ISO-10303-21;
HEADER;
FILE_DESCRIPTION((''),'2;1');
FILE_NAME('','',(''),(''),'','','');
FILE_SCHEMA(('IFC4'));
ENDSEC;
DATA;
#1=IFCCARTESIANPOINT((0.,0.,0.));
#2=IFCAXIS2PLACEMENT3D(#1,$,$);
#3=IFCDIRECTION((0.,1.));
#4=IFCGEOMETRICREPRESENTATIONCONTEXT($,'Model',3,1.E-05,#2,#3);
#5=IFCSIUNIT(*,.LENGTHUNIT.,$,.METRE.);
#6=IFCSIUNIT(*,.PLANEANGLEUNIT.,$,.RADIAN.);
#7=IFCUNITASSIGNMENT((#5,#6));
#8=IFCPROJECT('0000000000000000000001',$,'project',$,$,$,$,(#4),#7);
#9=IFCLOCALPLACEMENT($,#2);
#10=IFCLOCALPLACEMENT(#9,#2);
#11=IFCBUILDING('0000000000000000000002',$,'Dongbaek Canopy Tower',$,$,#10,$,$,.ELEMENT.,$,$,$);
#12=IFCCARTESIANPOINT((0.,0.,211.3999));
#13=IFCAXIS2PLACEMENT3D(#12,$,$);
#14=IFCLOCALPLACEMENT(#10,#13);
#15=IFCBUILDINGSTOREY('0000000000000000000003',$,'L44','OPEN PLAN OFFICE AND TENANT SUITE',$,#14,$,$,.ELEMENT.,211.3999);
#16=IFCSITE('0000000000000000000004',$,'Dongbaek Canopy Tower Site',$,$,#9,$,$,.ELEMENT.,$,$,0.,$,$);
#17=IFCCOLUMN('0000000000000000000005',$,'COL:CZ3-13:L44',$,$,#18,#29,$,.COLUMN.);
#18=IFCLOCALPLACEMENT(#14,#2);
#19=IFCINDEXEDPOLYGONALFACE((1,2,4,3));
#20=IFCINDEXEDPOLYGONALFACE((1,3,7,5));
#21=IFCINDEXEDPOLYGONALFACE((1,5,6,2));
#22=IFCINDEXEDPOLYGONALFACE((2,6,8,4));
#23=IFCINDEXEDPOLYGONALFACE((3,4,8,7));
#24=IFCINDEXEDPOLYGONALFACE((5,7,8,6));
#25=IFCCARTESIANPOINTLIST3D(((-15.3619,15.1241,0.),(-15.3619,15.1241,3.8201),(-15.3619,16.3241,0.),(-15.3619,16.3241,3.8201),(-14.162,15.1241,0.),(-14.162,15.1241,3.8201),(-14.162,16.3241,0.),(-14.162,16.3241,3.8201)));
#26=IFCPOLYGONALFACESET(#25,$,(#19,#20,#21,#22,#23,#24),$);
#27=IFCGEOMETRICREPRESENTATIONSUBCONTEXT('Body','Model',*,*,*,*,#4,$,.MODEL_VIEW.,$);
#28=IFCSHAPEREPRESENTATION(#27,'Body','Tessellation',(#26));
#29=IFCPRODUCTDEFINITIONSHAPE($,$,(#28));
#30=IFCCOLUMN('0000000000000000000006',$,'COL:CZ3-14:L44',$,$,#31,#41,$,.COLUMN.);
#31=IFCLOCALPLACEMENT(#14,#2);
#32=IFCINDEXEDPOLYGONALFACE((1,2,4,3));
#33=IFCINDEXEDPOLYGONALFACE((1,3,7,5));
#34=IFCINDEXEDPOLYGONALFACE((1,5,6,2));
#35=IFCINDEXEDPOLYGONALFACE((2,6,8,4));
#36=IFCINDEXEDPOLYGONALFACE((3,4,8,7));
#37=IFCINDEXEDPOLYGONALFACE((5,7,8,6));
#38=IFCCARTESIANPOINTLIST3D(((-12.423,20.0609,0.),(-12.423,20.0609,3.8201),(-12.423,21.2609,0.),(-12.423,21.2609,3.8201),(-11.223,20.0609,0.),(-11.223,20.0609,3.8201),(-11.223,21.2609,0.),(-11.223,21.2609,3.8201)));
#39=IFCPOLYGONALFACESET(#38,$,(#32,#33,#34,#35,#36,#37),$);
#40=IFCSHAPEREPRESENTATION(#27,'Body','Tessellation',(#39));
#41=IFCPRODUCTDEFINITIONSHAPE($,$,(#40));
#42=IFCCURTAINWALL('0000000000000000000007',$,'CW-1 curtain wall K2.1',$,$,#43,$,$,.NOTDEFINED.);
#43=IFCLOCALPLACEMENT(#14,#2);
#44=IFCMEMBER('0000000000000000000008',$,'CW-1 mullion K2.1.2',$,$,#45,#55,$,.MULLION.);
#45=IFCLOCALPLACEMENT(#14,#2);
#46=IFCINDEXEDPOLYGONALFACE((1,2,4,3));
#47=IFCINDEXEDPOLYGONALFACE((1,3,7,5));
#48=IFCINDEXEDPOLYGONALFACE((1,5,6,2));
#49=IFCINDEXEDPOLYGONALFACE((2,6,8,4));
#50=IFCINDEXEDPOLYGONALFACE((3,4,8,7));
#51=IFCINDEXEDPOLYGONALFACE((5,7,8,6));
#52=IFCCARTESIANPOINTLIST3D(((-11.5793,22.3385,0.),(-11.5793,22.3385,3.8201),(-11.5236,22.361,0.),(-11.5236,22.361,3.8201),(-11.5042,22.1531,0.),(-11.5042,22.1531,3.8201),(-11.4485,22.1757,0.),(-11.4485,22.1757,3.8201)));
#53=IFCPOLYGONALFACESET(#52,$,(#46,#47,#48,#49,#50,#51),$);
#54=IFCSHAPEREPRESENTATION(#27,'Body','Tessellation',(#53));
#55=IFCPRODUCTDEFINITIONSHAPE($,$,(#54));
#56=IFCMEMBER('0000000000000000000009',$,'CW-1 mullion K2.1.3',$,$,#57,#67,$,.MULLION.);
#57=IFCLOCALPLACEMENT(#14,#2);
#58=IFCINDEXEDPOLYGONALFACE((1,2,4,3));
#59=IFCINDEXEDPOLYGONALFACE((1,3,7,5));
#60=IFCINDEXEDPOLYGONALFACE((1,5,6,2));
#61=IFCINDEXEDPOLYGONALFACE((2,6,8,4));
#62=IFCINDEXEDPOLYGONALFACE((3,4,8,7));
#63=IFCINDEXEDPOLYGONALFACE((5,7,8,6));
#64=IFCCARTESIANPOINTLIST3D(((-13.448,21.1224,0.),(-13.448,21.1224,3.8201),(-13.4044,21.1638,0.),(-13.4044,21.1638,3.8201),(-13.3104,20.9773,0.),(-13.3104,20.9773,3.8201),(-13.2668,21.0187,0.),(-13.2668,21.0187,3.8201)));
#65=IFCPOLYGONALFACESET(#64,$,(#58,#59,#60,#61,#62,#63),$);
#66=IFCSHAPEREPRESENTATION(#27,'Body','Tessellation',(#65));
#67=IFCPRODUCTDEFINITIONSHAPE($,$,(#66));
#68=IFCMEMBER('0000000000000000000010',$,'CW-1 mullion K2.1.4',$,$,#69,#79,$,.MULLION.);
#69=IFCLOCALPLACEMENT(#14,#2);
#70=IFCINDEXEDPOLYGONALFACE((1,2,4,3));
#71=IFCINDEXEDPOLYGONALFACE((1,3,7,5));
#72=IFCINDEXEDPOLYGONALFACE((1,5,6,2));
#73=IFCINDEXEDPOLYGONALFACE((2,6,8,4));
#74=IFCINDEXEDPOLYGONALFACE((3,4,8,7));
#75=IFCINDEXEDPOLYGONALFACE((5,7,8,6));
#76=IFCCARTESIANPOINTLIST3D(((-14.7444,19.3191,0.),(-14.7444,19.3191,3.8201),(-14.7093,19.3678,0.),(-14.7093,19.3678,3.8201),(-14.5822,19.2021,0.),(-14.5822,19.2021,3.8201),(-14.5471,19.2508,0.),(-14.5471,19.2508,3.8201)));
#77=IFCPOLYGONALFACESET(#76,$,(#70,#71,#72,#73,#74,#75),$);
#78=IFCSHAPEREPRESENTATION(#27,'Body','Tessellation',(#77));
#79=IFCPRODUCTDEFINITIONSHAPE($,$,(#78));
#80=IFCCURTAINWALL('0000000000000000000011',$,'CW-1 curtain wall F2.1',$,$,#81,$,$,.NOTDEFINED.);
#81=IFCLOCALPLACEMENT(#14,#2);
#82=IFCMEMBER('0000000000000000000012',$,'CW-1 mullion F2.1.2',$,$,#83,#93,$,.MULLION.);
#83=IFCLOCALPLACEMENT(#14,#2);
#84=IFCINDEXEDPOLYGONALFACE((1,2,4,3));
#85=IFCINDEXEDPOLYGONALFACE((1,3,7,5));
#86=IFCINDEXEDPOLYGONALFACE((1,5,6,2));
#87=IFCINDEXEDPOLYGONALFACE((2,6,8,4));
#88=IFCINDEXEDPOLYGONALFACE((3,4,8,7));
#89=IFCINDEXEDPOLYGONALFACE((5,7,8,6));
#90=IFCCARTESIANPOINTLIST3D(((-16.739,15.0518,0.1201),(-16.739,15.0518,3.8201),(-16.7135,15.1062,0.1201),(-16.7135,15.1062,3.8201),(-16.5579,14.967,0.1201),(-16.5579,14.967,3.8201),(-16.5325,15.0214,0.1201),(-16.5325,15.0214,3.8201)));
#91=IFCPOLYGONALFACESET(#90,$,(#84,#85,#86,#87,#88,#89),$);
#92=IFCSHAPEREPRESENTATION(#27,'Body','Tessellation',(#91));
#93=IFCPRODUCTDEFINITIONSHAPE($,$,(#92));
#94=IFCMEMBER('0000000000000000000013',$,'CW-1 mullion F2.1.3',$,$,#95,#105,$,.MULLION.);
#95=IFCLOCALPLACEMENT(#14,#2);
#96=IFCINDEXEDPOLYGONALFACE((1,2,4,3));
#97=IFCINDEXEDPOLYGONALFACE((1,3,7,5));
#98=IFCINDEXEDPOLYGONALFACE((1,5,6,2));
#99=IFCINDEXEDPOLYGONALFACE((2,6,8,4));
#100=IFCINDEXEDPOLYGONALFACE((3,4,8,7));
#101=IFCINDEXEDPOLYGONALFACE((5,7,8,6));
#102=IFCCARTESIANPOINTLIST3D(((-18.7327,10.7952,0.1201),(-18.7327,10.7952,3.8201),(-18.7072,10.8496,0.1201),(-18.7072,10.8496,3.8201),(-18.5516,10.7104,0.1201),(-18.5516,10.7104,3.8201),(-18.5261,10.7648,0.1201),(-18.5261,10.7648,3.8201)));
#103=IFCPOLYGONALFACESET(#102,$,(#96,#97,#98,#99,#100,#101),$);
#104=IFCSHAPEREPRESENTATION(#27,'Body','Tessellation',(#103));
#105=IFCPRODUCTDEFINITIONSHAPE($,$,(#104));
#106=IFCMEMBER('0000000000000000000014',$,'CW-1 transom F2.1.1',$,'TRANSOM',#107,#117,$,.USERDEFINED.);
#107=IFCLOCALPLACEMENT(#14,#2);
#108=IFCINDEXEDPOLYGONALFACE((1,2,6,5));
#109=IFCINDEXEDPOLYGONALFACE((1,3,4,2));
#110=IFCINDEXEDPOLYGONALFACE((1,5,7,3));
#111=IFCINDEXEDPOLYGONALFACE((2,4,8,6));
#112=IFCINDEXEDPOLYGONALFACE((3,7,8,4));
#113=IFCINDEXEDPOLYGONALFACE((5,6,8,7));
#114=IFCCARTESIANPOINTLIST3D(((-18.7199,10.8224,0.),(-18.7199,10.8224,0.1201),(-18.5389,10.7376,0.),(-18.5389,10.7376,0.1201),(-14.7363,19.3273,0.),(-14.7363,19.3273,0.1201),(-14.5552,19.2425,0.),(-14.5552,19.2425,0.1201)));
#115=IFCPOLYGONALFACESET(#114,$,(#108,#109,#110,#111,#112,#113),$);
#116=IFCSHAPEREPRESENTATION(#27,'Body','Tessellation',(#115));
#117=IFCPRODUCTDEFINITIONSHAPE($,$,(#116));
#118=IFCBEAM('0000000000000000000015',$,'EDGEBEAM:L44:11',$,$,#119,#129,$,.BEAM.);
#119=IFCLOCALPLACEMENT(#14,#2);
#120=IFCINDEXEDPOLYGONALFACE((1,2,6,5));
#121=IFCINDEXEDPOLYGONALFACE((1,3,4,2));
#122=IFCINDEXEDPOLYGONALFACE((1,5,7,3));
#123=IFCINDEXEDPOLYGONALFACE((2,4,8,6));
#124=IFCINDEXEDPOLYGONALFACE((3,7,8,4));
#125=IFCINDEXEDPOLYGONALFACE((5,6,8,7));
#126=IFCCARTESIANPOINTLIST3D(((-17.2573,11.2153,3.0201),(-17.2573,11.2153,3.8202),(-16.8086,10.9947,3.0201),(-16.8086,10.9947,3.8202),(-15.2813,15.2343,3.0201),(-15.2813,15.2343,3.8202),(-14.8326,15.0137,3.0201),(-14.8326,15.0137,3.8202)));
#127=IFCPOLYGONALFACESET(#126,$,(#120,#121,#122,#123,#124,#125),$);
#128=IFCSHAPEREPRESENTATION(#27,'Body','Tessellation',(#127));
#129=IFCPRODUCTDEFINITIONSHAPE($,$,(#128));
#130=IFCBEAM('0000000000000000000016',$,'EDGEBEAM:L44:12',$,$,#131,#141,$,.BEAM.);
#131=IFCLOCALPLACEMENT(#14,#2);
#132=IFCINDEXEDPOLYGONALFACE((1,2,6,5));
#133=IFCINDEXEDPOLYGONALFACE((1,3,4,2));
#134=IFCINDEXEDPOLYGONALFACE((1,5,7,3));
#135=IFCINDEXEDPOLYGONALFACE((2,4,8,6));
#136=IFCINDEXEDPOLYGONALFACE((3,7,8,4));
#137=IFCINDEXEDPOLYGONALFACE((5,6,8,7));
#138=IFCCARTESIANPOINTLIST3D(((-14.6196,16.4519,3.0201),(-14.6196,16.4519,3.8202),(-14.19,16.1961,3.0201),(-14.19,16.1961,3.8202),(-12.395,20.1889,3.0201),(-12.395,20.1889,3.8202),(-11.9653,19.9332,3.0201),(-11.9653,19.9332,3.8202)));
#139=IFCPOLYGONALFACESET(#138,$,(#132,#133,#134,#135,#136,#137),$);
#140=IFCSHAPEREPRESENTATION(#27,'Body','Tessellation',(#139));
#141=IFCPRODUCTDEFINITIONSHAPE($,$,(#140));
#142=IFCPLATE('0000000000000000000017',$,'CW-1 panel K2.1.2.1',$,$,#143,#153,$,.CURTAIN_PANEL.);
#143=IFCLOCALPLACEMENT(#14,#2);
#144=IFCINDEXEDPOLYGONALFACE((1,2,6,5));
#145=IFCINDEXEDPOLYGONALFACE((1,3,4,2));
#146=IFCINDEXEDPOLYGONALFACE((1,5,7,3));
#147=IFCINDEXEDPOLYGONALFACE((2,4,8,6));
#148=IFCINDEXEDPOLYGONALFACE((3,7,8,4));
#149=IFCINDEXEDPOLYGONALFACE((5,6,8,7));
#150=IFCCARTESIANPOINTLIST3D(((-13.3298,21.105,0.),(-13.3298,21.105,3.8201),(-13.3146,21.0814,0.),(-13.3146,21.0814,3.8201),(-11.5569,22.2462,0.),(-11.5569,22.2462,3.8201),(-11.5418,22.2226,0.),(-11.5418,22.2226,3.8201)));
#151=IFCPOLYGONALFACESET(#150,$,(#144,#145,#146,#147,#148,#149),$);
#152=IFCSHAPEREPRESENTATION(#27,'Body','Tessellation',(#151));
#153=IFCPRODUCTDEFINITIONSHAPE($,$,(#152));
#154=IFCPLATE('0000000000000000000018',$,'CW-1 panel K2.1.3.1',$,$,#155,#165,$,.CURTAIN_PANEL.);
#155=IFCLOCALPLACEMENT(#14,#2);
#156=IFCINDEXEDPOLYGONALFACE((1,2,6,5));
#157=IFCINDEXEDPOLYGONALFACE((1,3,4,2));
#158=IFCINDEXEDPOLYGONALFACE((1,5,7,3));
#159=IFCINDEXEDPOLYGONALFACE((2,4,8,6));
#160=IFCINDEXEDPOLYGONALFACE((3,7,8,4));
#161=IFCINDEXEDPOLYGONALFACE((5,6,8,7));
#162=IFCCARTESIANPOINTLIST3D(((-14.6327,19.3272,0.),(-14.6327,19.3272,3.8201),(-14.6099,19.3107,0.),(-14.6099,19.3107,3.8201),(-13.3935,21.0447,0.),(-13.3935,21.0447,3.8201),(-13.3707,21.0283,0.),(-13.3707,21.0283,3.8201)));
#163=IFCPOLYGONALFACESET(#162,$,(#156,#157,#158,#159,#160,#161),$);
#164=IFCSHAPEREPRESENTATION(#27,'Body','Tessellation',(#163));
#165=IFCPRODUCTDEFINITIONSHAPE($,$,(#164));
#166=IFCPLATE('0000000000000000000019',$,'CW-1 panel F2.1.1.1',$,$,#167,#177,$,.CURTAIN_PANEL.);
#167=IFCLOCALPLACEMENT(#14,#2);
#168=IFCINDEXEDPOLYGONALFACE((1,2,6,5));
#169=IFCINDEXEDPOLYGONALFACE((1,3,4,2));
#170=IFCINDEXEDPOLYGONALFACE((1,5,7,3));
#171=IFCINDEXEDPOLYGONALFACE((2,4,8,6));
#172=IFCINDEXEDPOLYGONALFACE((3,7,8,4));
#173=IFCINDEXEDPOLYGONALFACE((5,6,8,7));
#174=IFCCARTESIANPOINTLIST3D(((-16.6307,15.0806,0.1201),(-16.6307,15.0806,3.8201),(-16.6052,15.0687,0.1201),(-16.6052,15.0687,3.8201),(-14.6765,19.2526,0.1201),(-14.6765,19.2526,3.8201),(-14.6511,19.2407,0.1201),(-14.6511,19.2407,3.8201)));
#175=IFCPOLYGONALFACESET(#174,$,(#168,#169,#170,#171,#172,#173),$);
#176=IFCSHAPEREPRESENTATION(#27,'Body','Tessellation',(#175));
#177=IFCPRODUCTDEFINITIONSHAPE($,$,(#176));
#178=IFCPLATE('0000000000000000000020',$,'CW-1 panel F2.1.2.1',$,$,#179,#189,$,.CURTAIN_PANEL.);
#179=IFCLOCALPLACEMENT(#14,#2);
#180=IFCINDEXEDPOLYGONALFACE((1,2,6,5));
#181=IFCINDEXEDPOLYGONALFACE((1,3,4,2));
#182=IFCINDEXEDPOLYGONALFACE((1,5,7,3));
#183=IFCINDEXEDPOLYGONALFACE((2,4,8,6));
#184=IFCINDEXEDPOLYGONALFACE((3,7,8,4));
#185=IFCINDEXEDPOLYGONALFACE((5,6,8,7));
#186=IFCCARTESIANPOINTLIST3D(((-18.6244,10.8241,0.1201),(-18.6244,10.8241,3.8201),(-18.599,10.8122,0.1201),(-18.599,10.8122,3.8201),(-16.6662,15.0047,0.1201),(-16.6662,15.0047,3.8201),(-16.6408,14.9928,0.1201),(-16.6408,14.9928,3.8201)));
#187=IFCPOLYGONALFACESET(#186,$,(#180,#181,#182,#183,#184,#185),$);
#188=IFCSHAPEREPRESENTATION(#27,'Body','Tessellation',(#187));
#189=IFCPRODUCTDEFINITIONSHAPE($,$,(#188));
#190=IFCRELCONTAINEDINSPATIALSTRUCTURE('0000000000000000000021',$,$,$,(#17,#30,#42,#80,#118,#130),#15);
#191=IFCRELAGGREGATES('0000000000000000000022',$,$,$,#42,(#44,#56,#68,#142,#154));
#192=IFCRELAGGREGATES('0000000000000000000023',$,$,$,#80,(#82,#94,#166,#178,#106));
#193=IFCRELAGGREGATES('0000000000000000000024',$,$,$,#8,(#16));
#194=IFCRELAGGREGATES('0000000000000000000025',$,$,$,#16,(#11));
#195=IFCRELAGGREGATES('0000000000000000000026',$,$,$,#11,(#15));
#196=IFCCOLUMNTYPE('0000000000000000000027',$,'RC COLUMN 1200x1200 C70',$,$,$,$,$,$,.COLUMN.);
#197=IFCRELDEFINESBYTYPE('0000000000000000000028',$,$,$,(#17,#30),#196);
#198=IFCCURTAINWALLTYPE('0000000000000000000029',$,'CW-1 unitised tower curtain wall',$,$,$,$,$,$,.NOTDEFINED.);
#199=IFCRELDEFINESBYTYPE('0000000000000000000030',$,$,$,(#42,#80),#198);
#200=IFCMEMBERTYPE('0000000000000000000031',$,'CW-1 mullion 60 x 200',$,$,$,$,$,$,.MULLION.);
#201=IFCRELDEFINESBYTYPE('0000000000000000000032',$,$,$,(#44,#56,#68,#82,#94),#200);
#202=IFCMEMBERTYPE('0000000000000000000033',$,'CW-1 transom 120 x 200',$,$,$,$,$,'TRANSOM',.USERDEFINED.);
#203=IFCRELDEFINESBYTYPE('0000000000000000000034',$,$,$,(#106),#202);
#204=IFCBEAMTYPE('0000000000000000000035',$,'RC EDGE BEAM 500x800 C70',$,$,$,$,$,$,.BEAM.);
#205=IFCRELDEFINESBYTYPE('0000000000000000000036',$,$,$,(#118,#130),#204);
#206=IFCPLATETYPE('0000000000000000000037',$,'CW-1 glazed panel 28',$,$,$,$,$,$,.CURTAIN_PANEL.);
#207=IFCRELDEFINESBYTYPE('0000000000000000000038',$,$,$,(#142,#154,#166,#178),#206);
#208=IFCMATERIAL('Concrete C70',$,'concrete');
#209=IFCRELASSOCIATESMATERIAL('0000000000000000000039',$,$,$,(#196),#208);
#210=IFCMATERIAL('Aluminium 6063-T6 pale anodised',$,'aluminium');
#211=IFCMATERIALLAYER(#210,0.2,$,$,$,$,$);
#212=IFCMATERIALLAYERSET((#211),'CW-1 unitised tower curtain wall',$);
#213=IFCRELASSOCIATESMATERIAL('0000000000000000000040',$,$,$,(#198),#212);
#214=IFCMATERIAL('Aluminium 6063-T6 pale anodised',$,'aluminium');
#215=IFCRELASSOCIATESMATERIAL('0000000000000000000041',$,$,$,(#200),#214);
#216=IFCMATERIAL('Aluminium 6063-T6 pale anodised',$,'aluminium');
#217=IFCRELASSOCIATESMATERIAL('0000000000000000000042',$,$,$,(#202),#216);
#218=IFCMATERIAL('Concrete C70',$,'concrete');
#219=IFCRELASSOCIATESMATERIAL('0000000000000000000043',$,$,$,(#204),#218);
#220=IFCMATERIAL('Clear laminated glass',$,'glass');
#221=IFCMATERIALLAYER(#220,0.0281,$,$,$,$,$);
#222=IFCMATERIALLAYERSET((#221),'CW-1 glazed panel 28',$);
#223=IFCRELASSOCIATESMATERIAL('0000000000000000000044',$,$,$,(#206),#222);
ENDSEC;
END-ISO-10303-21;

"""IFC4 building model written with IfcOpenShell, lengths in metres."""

from ifc_helpers import new_model, si_unit, direction, frame, origin, origin_2d, place, context, subcontext, project, spatial, rectangle, extrude, material, layer, layer_set, material_profile, profile_set, type_object, element, aggregate, save


model = new_model("IFC4")

# Units and contexts
model_context = context("Model", 3, precision=1e-05, world=origin(), true_north=direction((0.0, 1.0)))
body_context = subcontext(model_context, "Body", "Model", "MODEL_VIEW")
ifc_project = project(units=[si_unit("LENGTHUNIT", "METRE"), si_unit("PLANEANGLEUNIT", "RADIAN")], contexts=[model_context])

# Site, building, storey
site_placement = place(None, origin())
site = spatial("IfcSite", under=ifc_project, at=site_placement, Name="Dongbaek Canopy Tower Site", CompositionType="ELEMENT", RefElevation=0.0)
building_placement = place(site_placement, origin())
building = spatial("IfcBuilding", under=site, at=building_placement, Name="Dongbaek Canopy Tower", CompositionType="ELEMENT")
storey_placement = place(building_placement, frame((0.0, 0.0, 211.3999)))
storey = spatial("IfcBuildingStorey", under=building, at=storey_placement, Name="L44", Description="OPEN PLAN OFFICE AND TENANT SUITE", CompositionType="ELEMENT", Elevation=211.3999)

# Columns
ifc_material_1 = material(Name="Concrete C70", Category="concrete")
ifc_material_profile_1 = material_profile(ifc_material_1, rectangle(XDim=1.2, YDim=1.2, at=origin_2d()), Name="RC COLUMN 1200x1200 C70")
ifc_profile_set_1 = profile_set([ifc_material_profile_1], Name="Concrete C70")
column_type = type_object("IfcColumnType", Name="RC COLUMN 1200x1200 C70", PredefinedType="COLUMN", material=ifc_profile_set_1)
for number, where, z_axis, x_axis, name in (
    (1, (-14.762, 15.7241, 0.0), (0.0, 0.0, 1.0), (1.0, 0.0, 0.0), "COL:CZ3-13:L44"),
    (2, (-11.823, 20.6609, 0.0), (0.0, 0.0, 1.0), (1.0, 0.0, 0.0), "COL:CZ3-14:L44"),
):
    element("IfcColumn", number, at=place(storey_placement, frame(where, z_axis=z_axis, x_axis=x_axis)), inside=storey, type_object=column_type, Name=name, PredefinedType="COLUMN", context=body_context, shape_type="SweptSolid", body=[
        extrude(rectangle(XDim=1.2, YDim=1.2, at=origin_2d()), origin(), (0.0, 0.0, 1.0), 3.8201),
    ])

# Curtain walls, members
ifc_material_2 = material(Name="Aluminium 6063-T6 pale anodised", Category="aluminium")
ifc_layer_1 = layer(ifc_material_2, 0.2)
ifc_layer_set_1 = layer_set([ifc_layer_1], Name="CW-1 unitised tower curtain wall")
curtain_wall_type = type_object("IfcCurtainWallType", Name="CW-1 unitised tower curtain wall", PredefinedType="NOTDEFINED", material=ifc_layer_set_1)
curtain_wall_1_placement = place(storey_placement, origin())
curtain_wall_1 = element("IfcCurtainWall", 3, at=curtain_wall_1_placement, inside=storey, type_object=curtain_wall_type, Name="CW-1 curtain wall K2.1", PredefinedType="NOTDEFINED")
ifc_material_3 = material(Name="Aluminium 6063-T6 pale anodised", Category="aluminium")
ifc_material_profile_2 = material_profile(ifc_material_3, rectangle(XDim=0.2, YDim=0.0601, at=origin_2d()), Name="CW-1 mullion 60 x 200")
ifc_profile_set_2 = profile_set([ifc_material_profile_2], Name="Aluminium 6063-T6 pale anodised")
member_type_1 = type_object("IfcMemberType", Name="CW-1 mullion 60 x 200", PredefinedType="MULLION", material=ifc_profile_set_2)
member_1_placement = place(storey_placement, frame((-11.5139, 22.2571, 0.0), z_axis=(0.0, 0.0, 1.0), x_axis=(-0.375532, 0.926809, 0.0)))
member_1 = element("IfcMember", 4, at=member_1_placement, type_object=member_type_1, Name="CW-1 mullion K2.1.2", PredefinedType="MULLION", context=body_context, shape_type="SweptSolid", body=[
    extrude(rectangle(XDim=0.2, YDim=0.0601, at=origin_2d()), origin(), (0.0, 0.0, 1.0), 3.8201),
])
member_2_placement = place(storey_placement, frame((-13.3574, 21.0706, 0.0), z_axis=(0.0, 0.0, 1.0), x_axis=(-0.688092, 0.725623, 0.0)))
member_2 = element("IfcMember", 5, at=member_2_placement, type_object=member_type_1, Name="CW-1 mullion K2.1.3", PredefinedType="MULLION", context=body_context, shape_type="SweptSolid", body=[
    extrude(rectangle(XDim=0.2, YDim=0.0601, at=origin_2d()), origin(), (0.0, 0.0, 1.0), 3.8201),
])
member_3_placement = place(storey_placement, frame((-14.6458, 19.2849, 0.0), z_axis=(0.0, 0.0, 1.0), x_axis=(-0.810965, 0.585094, 0.0)))
member_3 = element("IfcMember", 6, at=member_3_placement, type_object=member_type_1, Name="CW-1 mullion K2.1.4", PredefinedType="MULLION", context=body_context, shape_type="SweptSolid", body=[
    extrude(rectangle(XDim=0.2, YDim=0.0601, at=origin_2d()), origin(), (0.0, 0.0, 1.0), 3.8201),
])
curtain_wall_2_placement = place(storey_placement, origin())
curtain_wall_2 = element("IfcCurtainWall", 7, at=curtain_wall_2_placement, inside=storey, type_object=curtain_wall_type, Name="CW-1 curtain wall F2.1", PredefinedType="NOTDEFINED")
member_4_placement = place(storey_placement, frame((-16.6357, 15.0366, 0.1201), z_axis=(0.0, 0.0, 1.0), x_axis=(-0.905579, 0.424177, 0.0)))
member_4 = element("IfcMember", 8, at=member_4_placement, type_object=member_type_1, Name="CW-1 mullion F2.1.2", PredefinedType="MULLION", context=body_context, shape_type="SweptSolid", body=[
    extrude(rectangle(XDim=0.2, YDim=0.0601, at=origin_2d()), origin(), (0.0, 0.0, 1.0), 3.7),
])
member_5_placement = place(storey_placement, frame((-18.6294, 10.78, 0.1201), z_axis=(0.0, 0.0, 1.0), x_axis=(-0.905579, 0.424177, 0.0)))
member_5 = element("IfcMember", 9, at=member_5_placement, type_object=member_type_1, Name="CW-1 mullion F2.1.3", PredefinedType="MULLION", context=body_context, shape_type="SweptSolid", body=[
    extrude(rectangle(XDim=0.2, YDim=0.0601, at=origin_2d()), origin(), (0.0, 0.0, 1.0), 3.7),
])
ifc_material_4 = material(Name="Aluminium 6063-T6 pale anodised", Category="aluminium")
ifc_material_profile_3 = material_profile(ifc_material_4, rectangle(XDim=0.2, YDim=0.1201, at=origin_2d()), Name="CW-1 transom 120 x 200")
ifc_profile_set_3 = profile_set([ifc_material_profile_3], Name="Aluminium 6063-T6 pale anodised")
member_type_2 = type_object("IfcMemberType", Name="CW-1 transom 120 x 200", ElementType="TRANSOM", PredefinedType="USERDEFINED", material=ifc_profile_set_3)
member_6_placement = place(storey_placement, frame((-14.6458, 19.2849, 0.0601), z_axis=(-0.42417, -0.905583, 0.0), x_axis=(0.905583, -0.42417, 0.0)))
member_6 = element("IfcMember", 10, at=member_6_placement, type_object=member_type_2, Name="CW-1 transom F2.1.1", ObjectType="TRANSOM", PredefinedType="USERDEFINED", context=body_context, shape_type="SweptSolid", body=[
    extrude(rectangle(XDim=0.2, YDim=0.1201, at=origin_2d()), origin(), (0.0, 0.0, 1.0), 9.3916),
])

# Beams
ifc_material_5 = material(Name="Concrete C70", Category="concrete")
ifc_material_profile_4 = material_profile(ifc_material_5, rectangle(XDim=0.5, YDim=0.8, at=origin_2d()), Name="RC EDGE BEAM 500x800 C70")
ifc_profile_set_4 = profile_set([ifc_material_profile_4], Name="Concrete C70")
beam_type = type_object("IfcBeamType", Name="RC EDGE BEAM 500x800 C70", PredefinedType="BEAM", material=ifc_profile_set_4)
beam_1_placement = place(storey_placement, frame((-17.033, 11.105, 3.4202), z_axis=(0.441229, 0.897395, 0.0), x_axis=(-0.897395, 0.441229, 0.0)))
element("IfcBeam", 11, at=beam_1_placement, inside=storey, type_object=beam_type, Name="EDGEBEAM:L44:11", PredefinedType="BEAM", context=body_context, shape_type="SweptSolid", body=[
    extrude(rectangle(XDim=0.5, YDim=0.8, at=origin_2d()), origin(), (0.0, 0.0, 1.0), 4.4785),
])
beam_2_placement = place(storey_placement, frame((-14.4048, 16.324, 3.4202), z_axis=(0.511512, 0.859276, 0.0), x_axis=(-0.859276, 0.511512, 0.0)))
element("IfcBeam", 12, at=beam_2_placement, inside=storey, type_object=beam_type, Name="EDGEBEAM:L44:12", PredefinedType="BEAM", context=body_context, shape_type="SweptSolid", body=[
    extrude(rectangle(XDim=0.5, YDim=0.8, at=origin_2d()), origin(), (0.0, 0.0, 1.0), 4.3491),
])

# Plates
ifc_material_6 = material(Name="Clear laminated glass", Category="glass")
ifc_layer_2 = layer(ifc_material_6, 0.0281)
ifc_layer_set_2 = layer_set([ifc_layer_2], Name="CW-1 glazed panel 28")
plate_type = type_object("IfcPlateType", Name="CW-1 glazed panel 28", PredefinedType="CURTAIN_PANEL", material=ifc_layer_set_2)
plate_1_placement = place(storey_placement, frame((-12.4358, 21.6638, 0.0), z_axis=(0.0, 0.0, 1.0), x_axis=(-0.840867, -0.541242, 0.0)))
plate_1 = element("IfcPlate", 13, at=plate_1_placement, type_object=plate_type, Name="CW-1 panel K2.1.2.1", PredefinedType="CURTAIN_PANEL", context=body_context, shape_type="SweptSolid", body=[
    extrude(rectangle(XDim=2.1084, YDim=0.0281, at=origin_2d()), origin(), (0.0, 0.0, 1.0), 3.8201),
])
plate_2_placement = place(storey_placement, frame((-14.0017, 20.1777, 0.0), z_axis=(0.0, 0.0, 1.0), x_axis=(-0.585094, -0.810965, 0.0)))
plate_2 = element("IfcPlate", 14, at=plate_2_placement, type_object=plate_type, Name="CW-1 panel K2.1.3.1", PredefinedType="CURTAIN_PANEL", context=body_context, shape_type="SweptSolid", body=[
    extrude(rectangle(XDim=2.1179, YDim=0.0281, at=origin_2d()), origin(), (0.0, 0.0, 1.0), 3.8201),
])
plate_3_placement = place(storey_placement, frame((-15.6409, 17.1606, 0.1201), z_axis=(0.0, 0.0, 1.0), x_axis=(-0.424177, -0.905579, 0.0)))
plate_3 = element("IfcPlate", 15, at=plate_3_placement, type_object=plate_type, Name="CW-1 panel F2.1.1.1", PredefinedType="CURTAIN_PANEL", context=body_context, shape_type="SweptSolid", body=[
    extrude(rectangle(XDim=4.6069, YDim=0.0281, at=origin_2d()), origin(), (0.0, 0.0, 1.0), 3.7),
])
plate_4_placement = place(storey_placement, frame((-17.6326, 12.9084, 0.1201), z_axis=(0.0, 0.0, 1.0), x_axis=(-0.424177, -0.905579, 0.0)))
plate_4 = element("IfcPlate", 16, at=plate_4_placement, type_object=plate_type, Name="CW-1 panel F2.1.2.1", PredefinedType="CURTAIN_PANEL", context=body_context, shape_type="SweptSolid", body=[
    extrude(rectangle(XDim=4.6165, YDim=0.0281, at=origin_2d()), origin(), (0.0, 0.0, 1.0), 3.7),
])

aggregate(curtain_wall_1, [member_1, member_2, member_3, plate_1, plate_2])
aggregate(curtain_wall_2, [member_4, member_5, plate_3, plate_4, member_6])

save(model, "model.ifc")
